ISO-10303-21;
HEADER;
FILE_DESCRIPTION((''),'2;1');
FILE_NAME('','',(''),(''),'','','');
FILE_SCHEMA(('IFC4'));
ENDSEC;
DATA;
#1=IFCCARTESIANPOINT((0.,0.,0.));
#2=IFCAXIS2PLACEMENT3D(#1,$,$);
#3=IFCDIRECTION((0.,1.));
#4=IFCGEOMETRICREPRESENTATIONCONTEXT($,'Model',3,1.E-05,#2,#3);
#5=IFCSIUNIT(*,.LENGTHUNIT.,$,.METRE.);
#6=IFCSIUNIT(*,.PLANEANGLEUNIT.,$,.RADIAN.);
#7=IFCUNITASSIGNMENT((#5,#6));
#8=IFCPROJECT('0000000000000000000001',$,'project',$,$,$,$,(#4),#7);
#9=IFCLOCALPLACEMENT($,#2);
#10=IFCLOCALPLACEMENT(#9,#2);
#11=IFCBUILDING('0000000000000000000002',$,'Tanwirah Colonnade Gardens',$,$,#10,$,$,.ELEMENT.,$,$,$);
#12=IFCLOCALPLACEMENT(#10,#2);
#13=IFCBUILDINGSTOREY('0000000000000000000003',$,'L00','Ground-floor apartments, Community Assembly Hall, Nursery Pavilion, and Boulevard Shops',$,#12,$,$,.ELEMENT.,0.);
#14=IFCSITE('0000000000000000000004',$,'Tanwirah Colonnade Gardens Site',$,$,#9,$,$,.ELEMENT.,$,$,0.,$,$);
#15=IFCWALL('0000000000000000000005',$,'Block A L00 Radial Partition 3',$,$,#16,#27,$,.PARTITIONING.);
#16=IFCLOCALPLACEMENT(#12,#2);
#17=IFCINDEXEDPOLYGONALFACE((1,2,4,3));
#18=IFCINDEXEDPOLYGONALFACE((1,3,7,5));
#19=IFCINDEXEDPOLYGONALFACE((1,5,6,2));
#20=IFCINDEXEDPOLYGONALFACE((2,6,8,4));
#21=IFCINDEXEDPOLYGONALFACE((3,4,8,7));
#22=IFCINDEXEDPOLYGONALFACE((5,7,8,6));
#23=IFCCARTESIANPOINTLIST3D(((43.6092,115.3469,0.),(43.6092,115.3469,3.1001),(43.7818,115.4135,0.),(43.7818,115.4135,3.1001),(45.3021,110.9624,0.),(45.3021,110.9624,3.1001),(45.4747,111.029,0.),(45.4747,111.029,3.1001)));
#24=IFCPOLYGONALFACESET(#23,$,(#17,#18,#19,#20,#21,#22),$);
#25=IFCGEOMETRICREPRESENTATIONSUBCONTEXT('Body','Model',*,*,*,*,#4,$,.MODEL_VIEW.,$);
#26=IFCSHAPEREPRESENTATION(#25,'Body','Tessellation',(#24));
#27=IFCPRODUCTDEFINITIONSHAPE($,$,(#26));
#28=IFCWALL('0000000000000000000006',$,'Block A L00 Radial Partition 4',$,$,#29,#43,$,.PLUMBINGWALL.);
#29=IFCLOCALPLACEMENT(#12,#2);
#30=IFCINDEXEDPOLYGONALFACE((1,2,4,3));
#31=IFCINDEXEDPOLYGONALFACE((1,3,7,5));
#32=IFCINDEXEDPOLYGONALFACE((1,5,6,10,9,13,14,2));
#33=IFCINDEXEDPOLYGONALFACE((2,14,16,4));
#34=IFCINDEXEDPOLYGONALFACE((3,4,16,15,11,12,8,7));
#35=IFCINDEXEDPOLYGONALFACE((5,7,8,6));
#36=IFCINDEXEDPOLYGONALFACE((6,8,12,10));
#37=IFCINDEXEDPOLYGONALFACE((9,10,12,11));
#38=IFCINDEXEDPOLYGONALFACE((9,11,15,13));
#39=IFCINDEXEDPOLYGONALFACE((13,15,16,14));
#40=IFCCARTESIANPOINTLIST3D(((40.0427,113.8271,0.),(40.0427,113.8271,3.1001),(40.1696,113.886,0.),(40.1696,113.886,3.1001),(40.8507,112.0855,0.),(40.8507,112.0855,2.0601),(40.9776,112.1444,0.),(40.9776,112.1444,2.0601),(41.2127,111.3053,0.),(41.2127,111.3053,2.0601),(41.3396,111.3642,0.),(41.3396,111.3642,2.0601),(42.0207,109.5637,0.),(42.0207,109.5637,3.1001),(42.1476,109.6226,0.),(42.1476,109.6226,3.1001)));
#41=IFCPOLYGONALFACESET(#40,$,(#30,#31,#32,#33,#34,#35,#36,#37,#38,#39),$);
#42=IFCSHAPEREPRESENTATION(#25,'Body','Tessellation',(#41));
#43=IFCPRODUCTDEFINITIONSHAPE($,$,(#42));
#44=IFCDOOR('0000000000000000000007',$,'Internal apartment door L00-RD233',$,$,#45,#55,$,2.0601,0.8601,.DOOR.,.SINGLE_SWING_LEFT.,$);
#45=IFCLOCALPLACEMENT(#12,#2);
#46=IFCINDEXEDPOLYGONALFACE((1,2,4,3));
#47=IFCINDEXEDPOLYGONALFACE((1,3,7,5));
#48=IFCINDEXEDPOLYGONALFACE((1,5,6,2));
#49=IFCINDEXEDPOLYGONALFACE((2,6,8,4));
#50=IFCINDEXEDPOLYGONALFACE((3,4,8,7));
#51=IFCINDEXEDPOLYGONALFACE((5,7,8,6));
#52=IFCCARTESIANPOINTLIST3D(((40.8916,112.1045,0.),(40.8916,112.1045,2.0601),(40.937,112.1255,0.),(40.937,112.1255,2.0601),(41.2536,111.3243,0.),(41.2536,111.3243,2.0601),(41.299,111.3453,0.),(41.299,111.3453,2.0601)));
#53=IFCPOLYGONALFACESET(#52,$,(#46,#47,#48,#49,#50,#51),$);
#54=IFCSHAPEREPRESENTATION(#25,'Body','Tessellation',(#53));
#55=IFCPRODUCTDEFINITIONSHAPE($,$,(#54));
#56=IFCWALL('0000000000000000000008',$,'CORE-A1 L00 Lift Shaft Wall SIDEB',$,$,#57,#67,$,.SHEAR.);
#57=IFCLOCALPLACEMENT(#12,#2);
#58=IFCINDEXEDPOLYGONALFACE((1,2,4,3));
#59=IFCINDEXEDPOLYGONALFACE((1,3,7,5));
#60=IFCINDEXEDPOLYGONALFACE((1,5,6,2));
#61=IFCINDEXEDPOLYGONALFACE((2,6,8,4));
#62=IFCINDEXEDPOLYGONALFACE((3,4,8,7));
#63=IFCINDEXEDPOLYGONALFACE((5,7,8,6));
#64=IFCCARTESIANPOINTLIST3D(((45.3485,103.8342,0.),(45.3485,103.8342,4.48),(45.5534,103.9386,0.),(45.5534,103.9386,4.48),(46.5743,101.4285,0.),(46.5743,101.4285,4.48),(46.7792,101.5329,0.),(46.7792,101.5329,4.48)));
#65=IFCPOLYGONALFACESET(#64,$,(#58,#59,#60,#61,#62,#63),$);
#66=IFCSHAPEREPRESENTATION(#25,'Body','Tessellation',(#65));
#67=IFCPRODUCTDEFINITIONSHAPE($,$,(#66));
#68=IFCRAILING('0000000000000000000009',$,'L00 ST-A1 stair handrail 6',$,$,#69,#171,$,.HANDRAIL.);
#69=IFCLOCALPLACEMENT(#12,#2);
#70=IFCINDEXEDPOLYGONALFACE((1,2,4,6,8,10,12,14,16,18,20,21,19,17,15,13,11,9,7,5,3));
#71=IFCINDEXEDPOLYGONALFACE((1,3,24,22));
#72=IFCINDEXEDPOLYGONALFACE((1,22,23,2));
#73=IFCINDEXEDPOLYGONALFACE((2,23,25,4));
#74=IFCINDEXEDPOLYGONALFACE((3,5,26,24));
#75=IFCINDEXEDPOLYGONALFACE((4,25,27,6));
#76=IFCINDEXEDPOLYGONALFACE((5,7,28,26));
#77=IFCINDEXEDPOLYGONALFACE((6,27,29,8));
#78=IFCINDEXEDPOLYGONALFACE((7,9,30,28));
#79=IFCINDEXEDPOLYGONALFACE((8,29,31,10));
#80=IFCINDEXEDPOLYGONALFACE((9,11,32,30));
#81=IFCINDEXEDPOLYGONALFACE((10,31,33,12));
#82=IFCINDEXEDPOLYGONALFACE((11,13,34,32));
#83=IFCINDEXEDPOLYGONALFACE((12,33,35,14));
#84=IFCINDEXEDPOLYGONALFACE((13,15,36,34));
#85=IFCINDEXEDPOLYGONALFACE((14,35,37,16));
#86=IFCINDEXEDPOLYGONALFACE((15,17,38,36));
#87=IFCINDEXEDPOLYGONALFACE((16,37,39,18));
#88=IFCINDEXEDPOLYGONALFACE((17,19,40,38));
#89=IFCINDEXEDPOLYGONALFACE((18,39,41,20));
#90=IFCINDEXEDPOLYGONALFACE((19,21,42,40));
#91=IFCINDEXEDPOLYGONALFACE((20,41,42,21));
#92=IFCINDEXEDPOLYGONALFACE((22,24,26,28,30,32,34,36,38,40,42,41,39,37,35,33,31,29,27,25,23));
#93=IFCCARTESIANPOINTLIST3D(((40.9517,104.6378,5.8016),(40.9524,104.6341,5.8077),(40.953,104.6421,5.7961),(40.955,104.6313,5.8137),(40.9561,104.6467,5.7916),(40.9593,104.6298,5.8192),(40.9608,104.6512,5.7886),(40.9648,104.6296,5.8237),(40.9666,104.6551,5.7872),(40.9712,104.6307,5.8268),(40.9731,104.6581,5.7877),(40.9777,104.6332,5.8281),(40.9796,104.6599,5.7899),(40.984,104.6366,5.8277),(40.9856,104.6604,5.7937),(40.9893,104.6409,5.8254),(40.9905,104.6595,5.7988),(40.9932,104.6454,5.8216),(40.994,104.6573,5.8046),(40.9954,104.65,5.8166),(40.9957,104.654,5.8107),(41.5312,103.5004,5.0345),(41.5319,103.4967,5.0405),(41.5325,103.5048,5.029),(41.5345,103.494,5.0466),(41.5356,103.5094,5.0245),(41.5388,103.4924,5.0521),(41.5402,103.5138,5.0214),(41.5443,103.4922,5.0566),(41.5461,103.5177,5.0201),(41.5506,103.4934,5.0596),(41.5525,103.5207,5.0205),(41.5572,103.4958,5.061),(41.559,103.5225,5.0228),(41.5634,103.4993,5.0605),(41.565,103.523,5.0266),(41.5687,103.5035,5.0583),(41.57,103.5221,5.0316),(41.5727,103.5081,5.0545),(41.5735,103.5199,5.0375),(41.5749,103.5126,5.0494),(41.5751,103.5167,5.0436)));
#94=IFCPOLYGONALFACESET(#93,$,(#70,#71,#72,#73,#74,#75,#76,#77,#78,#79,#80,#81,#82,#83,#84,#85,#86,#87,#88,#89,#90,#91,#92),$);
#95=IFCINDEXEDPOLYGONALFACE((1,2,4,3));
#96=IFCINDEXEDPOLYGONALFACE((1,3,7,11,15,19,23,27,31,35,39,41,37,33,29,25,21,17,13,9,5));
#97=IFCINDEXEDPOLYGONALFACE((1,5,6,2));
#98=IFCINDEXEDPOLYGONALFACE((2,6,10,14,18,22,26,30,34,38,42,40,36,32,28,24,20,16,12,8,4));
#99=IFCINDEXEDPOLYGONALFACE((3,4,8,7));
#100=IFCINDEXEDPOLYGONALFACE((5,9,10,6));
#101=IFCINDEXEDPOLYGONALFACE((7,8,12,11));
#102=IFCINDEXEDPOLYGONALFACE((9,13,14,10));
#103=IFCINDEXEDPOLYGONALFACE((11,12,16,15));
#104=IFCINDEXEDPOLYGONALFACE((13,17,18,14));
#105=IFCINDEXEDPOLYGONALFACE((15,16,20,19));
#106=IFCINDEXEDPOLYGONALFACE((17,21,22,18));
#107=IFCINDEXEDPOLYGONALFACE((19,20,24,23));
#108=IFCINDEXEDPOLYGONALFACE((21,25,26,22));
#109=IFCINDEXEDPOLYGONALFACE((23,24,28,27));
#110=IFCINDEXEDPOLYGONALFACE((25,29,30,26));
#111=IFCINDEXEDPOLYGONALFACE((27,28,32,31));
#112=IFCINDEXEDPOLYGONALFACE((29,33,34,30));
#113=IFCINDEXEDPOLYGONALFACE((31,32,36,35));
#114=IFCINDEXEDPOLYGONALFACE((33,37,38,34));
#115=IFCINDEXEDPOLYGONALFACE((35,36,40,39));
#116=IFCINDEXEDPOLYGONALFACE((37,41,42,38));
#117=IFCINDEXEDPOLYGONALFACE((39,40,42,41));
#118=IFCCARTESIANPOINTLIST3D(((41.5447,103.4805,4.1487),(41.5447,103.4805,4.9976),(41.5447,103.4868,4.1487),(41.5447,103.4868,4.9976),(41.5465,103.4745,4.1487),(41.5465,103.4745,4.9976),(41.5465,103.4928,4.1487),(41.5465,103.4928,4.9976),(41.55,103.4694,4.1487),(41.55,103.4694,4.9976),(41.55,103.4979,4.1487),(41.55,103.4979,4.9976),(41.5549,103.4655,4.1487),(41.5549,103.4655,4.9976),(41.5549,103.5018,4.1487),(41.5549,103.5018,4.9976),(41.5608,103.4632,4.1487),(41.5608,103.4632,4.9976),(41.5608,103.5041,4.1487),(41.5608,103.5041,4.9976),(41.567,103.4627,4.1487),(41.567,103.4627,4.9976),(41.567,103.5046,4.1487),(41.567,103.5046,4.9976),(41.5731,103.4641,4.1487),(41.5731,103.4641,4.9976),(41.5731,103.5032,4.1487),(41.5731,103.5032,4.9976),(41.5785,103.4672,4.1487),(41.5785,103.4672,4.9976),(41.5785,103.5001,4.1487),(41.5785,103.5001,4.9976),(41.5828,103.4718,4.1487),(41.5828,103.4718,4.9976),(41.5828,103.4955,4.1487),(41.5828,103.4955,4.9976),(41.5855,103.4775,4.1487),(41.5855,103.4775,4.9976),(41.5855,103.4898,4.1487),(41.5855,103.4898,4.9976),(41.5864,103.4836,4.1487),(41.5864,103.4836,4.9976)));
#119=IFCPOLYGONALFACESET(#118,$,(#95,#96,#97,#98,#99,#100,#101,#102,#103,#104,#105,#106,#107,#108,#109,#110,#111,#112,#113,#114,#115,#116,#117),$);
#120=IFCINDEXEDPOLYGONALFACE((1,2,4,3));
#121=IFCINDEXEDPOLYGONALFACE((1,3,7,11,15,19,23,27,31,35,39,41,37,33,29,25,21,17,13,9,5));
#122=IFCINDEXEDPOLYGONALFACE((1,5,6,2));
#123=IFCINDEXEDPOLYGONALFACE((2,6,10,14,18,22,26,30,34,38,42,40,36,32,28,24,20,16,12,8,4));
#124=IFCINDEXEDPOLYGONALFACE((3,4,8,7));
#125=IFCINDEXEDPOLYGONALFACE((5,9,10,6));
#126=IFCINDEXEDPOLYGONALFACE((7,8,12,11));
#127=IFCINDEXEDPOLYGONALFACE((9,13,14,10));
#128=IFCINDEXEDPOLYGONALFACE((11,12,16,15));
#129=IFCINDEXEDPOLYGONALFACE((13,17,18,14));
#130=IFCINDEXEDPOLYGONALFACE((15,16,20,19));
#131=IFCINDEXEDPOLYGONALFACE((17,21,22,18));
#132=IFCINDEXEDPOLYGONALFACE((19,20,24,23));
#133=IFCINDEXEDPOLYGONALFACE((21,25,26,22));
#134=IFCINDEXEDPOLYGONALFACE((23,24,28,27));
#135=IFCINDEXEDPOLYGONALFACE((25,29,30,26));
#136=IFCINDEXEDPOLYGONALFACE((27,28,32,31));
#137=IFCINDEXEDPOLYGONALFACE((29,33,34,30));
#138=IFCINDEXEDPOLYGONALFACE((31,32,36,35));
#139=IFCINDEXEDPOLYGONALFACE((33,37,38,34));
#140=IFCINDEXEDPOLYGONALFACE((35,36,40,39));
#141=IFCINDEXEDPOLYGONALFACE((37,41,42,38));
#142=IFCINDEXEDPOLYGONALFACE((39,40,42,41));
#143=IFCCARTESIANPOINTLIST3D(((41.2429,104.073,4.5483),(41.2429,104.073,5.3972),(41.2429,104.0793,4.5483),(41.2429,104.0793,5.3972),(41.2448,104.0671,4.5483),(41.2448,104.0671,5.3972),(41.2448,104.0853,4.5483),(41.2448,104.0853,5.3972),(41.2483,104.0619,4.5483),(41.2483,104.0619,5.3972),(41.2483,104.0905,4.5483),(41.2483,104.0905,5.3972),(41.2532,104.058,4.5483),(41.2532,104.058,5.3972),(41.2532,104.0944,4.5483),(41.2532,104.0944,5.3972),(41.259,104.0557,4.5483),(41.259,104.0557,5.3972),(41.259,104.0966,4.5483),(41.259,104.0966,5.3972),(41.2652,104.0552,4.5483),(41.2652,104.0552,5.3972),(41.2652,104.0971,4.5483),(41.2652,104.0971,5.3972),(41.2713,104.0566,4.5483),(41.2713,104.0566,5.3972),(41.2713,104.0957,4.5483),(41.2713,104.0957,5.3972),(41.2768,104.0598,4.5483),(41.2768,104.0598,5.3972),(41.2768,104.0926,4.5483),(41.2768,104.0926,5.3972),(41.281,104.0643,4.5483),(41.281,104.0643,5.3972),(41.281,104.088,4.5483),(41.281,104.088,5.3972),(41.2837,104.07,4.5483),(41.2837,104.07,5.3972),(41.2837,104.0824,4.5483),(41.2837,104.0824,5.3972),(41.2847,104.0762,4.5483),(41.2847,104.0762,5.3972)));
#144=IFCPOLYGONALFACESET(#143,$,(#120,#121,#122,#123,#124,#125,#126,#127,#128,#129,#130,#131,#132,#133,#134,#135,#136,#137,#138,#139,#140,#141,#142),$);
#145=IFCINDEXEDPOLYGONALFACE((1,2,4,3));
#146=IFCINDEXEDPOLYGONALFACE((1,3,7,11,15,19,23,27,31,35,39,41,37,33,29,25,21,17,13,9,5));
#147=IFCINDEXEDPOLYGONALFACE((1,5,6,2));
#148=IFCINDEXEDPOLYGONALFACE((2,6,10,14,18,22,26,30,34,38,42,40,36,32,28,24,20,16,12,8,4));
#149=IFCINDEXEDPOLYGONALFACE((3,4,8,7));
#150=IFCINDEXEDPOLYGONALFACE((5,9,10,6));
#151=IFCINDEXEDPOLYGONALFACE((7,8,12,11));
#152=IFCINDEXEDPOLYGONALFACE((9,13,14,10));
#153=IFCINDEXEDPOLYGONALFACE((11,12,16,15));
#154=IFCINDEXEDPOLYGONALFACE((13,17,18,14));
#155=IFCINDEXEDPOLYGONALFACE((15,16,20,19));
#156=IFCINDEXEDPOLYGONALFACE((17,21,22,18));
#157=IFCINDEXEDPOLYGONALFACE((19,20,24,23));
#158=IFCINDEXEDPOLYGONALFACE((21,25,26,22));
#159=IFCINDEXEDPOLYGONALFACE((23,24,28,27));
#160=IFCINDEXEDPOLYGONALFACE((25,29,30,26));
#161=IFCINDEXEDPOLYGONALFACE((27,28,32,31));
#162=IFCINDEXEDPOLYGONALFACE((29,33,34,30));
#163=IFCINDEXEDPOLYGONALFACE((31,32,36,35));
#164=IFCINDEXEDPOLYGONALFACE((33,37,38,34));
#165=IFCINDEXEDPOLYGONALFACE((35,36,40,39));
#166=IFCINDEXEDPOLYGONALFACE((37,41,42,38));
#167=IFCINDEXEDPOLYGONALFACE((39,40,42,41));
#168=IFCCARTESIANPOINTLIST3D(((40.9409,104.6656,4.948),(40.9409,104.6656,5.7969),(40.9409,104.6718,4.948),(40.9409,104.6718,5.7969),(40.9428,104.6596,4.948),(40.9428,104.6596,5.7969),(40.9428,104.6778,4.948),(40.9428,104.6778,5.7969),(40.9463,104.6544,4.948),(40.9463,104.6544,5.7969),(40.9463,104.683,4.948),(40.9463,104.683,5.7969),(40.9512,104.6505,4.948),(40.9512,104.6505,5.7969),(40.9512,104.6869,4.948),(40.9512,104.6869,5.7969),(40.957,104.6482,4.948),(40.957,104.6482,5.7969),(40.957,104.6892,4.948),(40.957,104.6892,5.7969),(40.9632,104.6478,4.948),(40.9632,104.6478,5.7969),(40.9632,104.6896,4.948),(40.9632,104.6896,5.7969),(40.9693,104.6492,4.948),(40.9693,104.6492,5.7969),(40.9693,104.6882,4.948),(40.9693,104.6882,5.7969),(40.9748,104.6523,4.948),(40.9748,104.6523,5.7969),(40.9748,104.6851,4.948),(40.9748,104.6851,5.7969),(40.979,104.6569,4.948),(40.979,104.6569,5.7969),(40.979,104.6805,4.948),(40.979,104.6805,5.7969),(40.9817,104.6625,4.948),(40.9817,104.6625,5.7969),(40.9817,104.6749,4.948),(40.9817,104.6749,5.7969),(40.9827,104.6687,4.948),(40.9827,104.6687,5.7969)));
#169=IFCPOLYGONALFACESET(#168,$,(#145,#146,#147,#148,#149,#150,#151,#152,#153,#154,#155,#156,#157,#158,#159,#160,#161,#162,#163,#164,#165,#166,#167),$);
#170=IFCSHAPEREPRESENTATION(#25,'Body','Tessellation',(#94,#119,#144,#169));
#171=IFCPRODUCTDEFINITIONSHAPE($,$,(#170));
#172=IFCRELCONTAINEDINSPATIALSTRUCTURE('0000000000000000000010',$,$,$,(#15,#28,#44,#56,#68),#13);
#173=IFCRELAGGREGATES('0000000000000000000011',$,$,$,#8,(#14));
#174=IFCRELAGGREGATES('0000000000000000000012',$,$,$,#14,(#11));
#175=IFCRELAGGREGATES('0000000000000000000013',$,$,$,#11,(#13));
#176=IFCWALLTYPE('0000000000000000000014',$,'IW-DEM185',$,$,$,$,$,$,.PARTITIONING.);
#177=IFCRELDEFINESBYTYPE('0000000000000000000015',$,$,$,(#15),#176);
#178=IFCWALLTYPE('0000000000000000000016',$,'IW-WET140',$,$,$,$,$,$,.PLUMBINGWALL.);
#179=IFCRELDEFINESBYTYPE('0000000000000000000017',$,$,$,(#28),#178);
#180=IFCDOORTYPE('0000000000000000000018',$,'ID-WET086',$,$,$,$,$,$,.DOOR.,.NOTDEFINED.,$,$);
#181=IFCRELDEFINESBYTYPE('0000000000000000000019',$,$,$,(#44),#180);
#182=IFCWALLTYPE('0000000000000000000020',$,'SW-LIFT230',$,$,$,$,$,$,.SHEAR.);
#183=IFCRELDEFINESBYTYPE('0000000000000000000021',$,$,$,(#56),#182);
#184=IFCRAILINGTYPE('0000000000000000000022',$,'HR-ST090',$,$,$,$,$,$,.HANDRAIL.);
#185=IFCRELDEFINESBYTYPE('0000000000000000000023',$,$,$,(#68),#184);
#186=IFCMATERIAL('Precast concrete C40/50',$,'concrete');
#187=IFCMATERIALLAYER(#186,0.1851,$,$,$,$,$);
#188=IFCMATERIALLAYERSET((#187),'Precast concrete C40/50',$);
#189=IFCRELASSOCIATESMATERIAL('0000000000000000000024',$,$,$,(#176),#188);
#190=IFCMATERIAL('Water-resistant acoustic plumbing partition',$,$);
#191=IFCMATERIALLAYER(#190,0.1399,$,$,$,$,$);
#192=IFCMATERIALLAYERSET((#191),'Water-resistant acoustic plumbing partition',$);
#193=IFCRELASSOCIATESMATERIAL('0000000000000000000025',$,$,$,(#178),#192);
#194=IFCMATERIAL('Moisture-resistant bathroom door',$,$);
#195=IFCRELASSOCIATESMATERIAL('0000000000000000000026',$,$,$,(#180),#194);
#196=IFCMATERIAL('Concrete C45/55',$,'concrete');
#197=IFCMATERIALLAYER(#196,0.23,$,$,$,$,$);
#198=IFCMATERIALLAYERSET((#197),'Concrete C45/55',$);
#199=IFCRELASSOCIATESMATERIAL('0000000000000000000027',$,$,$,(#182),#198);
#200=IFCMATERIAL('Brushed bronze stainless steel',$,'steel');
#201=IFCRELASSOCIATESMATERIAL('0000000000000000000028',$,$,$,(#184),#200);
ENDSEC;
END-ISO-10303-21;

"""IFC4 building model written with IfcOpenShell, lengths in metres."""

from ifc_helpers import new_model, si_unit, direction, frame, frame_2d, origin, origin_2d, place, context, subcontext, project, spatial, rectangle, circle, extrude, material, layer, layer_set, type_object, element, fill, save


model = new_model("IFC4")

# Units and contexts
model_context = context("Model", 3, precision=1e-05, world=origin(), true_north=direction((0.0, 1.0)))
body_context = subcontext(model_context, "Body", "Model", "MODEL_VIEW")
ifc_project = project(units=[si_unit("LENGTHUNIT", "METRE"), si_unit("PLANEANGLEUNIT", "RADIAN")], contexts=[model_context])

# Site, building, storey
site_placement = place(None, origin())
site = spatial("IfcSite", under=ifc_project, at=site_placement, Name="Tanwirah Colonnade Gardens Site", CompositionType="ELEMENT", RefElevation=0.0)
building_placement = place(site_placement, origin())
building = spatial("IfcBuilding", under=site, at=building_placement, Name="Tanwirah Colonnade Gardens", CompositionType="ELEMENT")
storey_placement = place(building_placement, origin())
storey = spatial("IfcBuildingStorey", under=building, at=storey_placement, Name="L00", Description="Ground-floor apartments, Community Assembly Hall, Nursery Pavilion, and Boulevard Shops", CompositionType="ELEMENT", Elevation=0.0)

# Shared definitions
ifc_material_1 = material(Name="Precast concrete C40/50", Category="concrete")

# Wall
ifc_layer_1 = layer(ifc_material_1, 0.1851)
ifc_layer_set_1 = layer_set([ifc_layer_1], Name="Precast concrete C40/50")
wall_type_1 = type_object("IfcWallType", Name="IW-DEM185", PredefinedType="PARTITIONING", material=ifc_layer_set_1)
wall_1_placement = place(storey_placement, frame((45.3884, 110.9956, 0.0), z_axis=(0.0, 0.0, 1.0), x_axis=(-0.360187, 0.93288, 0.0)))
element("IfcWall", 1, at=wall_1_placement, inside=storey, type_object=wall_type_1, Name="Block A L00 Radial Partition 3", PredefinedType="PARTITIONING", context=body_context, shape_type="SweptSolid", body=[
    extrude(rectangle(XDim=4.7, YDim=0.1851, at=frame_2d((2.3501, 0.0))), origin(), (0.0, 0.0, 1.0), 3.1001),
])

# Wall, opening, door
ifc_material_2 = material(Name="Water-resistant acoustic plumbing partition")
ifc_layer_2 = layer(ifc_material_2, 0.1399)
ifc_layer_set_2 = layer_set([ifc_layer_2], Name="Water-resistant acoustic plumbing partition")
wall_type_2 = type_object("IfcWallType", Name="IW-WET140", PredefinedType="PLUMBINGWALL", material=ifc_layer_set_2)
wall_2_placement = place(storey_placement, frame((42.0842, 109.593, 0.0), z_axis=(0.0, 0.0, 1.0), x_axis=(-0.420863, 0.907124, 0.0)))
wall_2 = element("IfcWall", 2, at=wall_2_placement, inside=storey, type_object=wall_type_2, Name="Block A L00 Radial Partition 4", PredefinedType="PLUMBINGWALL", context=body_context, shape_type="SweptSolid", body=[
    extrude(rectangle(XDim=4.7, YDim=0.1399, at=frame_2d((2.3501, 0.0))), origin(), (0.0, 0.0, 1.0), 3.1001),
])
opening_1_placement = place(wall_2_placement, frame((1.9199, 0.0, 0.0)))
opening_1 = element("IfcOpeningElement", 3, at=opening_1_placement, cuts=wall_2, PredefinedType="OPENING", context=body_context, shape_type="SweptSolid", body=[
    extrude(rectangle(XDim=0.8601, YDim=2.0601, at=frame_2d((0.4302, 1.03))), frame((0.0, 0.0798, 0.0), z_axis=(0.0, -1.0, 0.0), x_axis=(1.0, 0.0, 0.0)), (0.0, 0.0, 1.0), 0.1599),
])
ifc_material_3 = material(Name="Moisture-resistant bathroom door")
door_type_1 = type_object("IfcDoorType", Name="ID-WET086", OperationType="NOTDEFINED", PredefinedType="DOOR", material=ifc_material_3)
door_1_placement = place(opening_1_placement, origin())
door_1 = element("IfcDoor", 4, at=door_1_placement, inside=storey, type_object=door_type_1, Name="Internal apartment door L00-RD233", OperationType="SINGLE_SWING_LEFT", OverallHeight=2.0601, OverallWidth=0.8601, PredefinedType="DOOR", context=body_context, shape_type="SweptSolid", body=[
    extrude(rectangle(XDim=0.8601, YDim=2.0601, at=frame_2d((0.4302, 1.03))), frame((0.0, 0.0249, 0.0), z_axis=(0.0, -1.0, 0.0), x_axis=(1.0, 0.0, 0.0)), (0.0, 0.0, 1.0), 0.05),
])
fill(opening_1, door_1)

# Wall
ifc_material_4 = material(Name="Concrete C45/55", Category="concrete")
ifc_layer_3 = layer(ifc_material_4, 0.23)
ifc_layer_set_3 = layer_set([ifc_layer_3], Name="Concrete C45/55")
wall_type_3 = type_object("IfcWallType", Name="SW-LIFT230", PredefinedType="SHEAR", material=ifc_layer_set_3)
wall_3_placement = place(storey_placement, frame((45.4509, 103.8865, 0.0), z_axis=(0.0, 0.0, 1.0), x_axis=(0.454, -0.891002, 0.0)))
element("IfcWall", 5, at=wall_3_placement, inside=storey, type_object=wall_type_3, Name="CORE-A1 L00 Lift Shaft Wall SIDEB", PredefinedType="SHEAR", context=body_context, shape_type="SweptSolid", body=[
    extrude(rectangle(XDim=2.7, YDim=0.23, at=frame_2d((1.3501, 0.0))), origin(), (0.0, 0.0, 1.0), 4.48),
])

# Railing
ifc_material_5 = material(Name="Brushed bronze stainless steel", Category="steel")
railing_type = type_object("IfcRailingType", Name="HR-ST090", PredefinedType="HANDRAIL", material=ifc_material_5)
railing_placement = place(storey_placement, frame((41.5654, 103.4836, 4.1487)))
element("IfcRailing", 6, at=railing_placement, inside=storey, type_object=railing_type, Name="L00 ST-A1 stair handrail 6", PredefinedType="HANDRAIL", context=body_context, shape_type="SweptSolid", body=[
    extrude(circle(Radius=0.0239, at=origin_2d()), frame((-0.0122, 0.0239, 0.8918), z_axis=(-0.389094, 0.763713, 0.515121), x_axis=(-0.891024, -0.453956, 0.0)), (0.0, 0.0, 1.0), 1.4893),
    extrude(circle(Radius=0.021, at=origin_2d()), origin(), (0.0, 0.0, 1.0), 0.8489),
    extrude(circle(Radius=0.021, at=origin_2d()), frame((-0.3018, 0.5925, 0.3997)), (0.0, 0.0, 1.0), 0.8489),
    extrude(circle(Radius=0.021, at=origin_2d()), frame((-0.6038, 1.1851, 0.7993)), (0.0, 0.0, 1.0), 0.8489),
])

save(model, "model.ifc")
